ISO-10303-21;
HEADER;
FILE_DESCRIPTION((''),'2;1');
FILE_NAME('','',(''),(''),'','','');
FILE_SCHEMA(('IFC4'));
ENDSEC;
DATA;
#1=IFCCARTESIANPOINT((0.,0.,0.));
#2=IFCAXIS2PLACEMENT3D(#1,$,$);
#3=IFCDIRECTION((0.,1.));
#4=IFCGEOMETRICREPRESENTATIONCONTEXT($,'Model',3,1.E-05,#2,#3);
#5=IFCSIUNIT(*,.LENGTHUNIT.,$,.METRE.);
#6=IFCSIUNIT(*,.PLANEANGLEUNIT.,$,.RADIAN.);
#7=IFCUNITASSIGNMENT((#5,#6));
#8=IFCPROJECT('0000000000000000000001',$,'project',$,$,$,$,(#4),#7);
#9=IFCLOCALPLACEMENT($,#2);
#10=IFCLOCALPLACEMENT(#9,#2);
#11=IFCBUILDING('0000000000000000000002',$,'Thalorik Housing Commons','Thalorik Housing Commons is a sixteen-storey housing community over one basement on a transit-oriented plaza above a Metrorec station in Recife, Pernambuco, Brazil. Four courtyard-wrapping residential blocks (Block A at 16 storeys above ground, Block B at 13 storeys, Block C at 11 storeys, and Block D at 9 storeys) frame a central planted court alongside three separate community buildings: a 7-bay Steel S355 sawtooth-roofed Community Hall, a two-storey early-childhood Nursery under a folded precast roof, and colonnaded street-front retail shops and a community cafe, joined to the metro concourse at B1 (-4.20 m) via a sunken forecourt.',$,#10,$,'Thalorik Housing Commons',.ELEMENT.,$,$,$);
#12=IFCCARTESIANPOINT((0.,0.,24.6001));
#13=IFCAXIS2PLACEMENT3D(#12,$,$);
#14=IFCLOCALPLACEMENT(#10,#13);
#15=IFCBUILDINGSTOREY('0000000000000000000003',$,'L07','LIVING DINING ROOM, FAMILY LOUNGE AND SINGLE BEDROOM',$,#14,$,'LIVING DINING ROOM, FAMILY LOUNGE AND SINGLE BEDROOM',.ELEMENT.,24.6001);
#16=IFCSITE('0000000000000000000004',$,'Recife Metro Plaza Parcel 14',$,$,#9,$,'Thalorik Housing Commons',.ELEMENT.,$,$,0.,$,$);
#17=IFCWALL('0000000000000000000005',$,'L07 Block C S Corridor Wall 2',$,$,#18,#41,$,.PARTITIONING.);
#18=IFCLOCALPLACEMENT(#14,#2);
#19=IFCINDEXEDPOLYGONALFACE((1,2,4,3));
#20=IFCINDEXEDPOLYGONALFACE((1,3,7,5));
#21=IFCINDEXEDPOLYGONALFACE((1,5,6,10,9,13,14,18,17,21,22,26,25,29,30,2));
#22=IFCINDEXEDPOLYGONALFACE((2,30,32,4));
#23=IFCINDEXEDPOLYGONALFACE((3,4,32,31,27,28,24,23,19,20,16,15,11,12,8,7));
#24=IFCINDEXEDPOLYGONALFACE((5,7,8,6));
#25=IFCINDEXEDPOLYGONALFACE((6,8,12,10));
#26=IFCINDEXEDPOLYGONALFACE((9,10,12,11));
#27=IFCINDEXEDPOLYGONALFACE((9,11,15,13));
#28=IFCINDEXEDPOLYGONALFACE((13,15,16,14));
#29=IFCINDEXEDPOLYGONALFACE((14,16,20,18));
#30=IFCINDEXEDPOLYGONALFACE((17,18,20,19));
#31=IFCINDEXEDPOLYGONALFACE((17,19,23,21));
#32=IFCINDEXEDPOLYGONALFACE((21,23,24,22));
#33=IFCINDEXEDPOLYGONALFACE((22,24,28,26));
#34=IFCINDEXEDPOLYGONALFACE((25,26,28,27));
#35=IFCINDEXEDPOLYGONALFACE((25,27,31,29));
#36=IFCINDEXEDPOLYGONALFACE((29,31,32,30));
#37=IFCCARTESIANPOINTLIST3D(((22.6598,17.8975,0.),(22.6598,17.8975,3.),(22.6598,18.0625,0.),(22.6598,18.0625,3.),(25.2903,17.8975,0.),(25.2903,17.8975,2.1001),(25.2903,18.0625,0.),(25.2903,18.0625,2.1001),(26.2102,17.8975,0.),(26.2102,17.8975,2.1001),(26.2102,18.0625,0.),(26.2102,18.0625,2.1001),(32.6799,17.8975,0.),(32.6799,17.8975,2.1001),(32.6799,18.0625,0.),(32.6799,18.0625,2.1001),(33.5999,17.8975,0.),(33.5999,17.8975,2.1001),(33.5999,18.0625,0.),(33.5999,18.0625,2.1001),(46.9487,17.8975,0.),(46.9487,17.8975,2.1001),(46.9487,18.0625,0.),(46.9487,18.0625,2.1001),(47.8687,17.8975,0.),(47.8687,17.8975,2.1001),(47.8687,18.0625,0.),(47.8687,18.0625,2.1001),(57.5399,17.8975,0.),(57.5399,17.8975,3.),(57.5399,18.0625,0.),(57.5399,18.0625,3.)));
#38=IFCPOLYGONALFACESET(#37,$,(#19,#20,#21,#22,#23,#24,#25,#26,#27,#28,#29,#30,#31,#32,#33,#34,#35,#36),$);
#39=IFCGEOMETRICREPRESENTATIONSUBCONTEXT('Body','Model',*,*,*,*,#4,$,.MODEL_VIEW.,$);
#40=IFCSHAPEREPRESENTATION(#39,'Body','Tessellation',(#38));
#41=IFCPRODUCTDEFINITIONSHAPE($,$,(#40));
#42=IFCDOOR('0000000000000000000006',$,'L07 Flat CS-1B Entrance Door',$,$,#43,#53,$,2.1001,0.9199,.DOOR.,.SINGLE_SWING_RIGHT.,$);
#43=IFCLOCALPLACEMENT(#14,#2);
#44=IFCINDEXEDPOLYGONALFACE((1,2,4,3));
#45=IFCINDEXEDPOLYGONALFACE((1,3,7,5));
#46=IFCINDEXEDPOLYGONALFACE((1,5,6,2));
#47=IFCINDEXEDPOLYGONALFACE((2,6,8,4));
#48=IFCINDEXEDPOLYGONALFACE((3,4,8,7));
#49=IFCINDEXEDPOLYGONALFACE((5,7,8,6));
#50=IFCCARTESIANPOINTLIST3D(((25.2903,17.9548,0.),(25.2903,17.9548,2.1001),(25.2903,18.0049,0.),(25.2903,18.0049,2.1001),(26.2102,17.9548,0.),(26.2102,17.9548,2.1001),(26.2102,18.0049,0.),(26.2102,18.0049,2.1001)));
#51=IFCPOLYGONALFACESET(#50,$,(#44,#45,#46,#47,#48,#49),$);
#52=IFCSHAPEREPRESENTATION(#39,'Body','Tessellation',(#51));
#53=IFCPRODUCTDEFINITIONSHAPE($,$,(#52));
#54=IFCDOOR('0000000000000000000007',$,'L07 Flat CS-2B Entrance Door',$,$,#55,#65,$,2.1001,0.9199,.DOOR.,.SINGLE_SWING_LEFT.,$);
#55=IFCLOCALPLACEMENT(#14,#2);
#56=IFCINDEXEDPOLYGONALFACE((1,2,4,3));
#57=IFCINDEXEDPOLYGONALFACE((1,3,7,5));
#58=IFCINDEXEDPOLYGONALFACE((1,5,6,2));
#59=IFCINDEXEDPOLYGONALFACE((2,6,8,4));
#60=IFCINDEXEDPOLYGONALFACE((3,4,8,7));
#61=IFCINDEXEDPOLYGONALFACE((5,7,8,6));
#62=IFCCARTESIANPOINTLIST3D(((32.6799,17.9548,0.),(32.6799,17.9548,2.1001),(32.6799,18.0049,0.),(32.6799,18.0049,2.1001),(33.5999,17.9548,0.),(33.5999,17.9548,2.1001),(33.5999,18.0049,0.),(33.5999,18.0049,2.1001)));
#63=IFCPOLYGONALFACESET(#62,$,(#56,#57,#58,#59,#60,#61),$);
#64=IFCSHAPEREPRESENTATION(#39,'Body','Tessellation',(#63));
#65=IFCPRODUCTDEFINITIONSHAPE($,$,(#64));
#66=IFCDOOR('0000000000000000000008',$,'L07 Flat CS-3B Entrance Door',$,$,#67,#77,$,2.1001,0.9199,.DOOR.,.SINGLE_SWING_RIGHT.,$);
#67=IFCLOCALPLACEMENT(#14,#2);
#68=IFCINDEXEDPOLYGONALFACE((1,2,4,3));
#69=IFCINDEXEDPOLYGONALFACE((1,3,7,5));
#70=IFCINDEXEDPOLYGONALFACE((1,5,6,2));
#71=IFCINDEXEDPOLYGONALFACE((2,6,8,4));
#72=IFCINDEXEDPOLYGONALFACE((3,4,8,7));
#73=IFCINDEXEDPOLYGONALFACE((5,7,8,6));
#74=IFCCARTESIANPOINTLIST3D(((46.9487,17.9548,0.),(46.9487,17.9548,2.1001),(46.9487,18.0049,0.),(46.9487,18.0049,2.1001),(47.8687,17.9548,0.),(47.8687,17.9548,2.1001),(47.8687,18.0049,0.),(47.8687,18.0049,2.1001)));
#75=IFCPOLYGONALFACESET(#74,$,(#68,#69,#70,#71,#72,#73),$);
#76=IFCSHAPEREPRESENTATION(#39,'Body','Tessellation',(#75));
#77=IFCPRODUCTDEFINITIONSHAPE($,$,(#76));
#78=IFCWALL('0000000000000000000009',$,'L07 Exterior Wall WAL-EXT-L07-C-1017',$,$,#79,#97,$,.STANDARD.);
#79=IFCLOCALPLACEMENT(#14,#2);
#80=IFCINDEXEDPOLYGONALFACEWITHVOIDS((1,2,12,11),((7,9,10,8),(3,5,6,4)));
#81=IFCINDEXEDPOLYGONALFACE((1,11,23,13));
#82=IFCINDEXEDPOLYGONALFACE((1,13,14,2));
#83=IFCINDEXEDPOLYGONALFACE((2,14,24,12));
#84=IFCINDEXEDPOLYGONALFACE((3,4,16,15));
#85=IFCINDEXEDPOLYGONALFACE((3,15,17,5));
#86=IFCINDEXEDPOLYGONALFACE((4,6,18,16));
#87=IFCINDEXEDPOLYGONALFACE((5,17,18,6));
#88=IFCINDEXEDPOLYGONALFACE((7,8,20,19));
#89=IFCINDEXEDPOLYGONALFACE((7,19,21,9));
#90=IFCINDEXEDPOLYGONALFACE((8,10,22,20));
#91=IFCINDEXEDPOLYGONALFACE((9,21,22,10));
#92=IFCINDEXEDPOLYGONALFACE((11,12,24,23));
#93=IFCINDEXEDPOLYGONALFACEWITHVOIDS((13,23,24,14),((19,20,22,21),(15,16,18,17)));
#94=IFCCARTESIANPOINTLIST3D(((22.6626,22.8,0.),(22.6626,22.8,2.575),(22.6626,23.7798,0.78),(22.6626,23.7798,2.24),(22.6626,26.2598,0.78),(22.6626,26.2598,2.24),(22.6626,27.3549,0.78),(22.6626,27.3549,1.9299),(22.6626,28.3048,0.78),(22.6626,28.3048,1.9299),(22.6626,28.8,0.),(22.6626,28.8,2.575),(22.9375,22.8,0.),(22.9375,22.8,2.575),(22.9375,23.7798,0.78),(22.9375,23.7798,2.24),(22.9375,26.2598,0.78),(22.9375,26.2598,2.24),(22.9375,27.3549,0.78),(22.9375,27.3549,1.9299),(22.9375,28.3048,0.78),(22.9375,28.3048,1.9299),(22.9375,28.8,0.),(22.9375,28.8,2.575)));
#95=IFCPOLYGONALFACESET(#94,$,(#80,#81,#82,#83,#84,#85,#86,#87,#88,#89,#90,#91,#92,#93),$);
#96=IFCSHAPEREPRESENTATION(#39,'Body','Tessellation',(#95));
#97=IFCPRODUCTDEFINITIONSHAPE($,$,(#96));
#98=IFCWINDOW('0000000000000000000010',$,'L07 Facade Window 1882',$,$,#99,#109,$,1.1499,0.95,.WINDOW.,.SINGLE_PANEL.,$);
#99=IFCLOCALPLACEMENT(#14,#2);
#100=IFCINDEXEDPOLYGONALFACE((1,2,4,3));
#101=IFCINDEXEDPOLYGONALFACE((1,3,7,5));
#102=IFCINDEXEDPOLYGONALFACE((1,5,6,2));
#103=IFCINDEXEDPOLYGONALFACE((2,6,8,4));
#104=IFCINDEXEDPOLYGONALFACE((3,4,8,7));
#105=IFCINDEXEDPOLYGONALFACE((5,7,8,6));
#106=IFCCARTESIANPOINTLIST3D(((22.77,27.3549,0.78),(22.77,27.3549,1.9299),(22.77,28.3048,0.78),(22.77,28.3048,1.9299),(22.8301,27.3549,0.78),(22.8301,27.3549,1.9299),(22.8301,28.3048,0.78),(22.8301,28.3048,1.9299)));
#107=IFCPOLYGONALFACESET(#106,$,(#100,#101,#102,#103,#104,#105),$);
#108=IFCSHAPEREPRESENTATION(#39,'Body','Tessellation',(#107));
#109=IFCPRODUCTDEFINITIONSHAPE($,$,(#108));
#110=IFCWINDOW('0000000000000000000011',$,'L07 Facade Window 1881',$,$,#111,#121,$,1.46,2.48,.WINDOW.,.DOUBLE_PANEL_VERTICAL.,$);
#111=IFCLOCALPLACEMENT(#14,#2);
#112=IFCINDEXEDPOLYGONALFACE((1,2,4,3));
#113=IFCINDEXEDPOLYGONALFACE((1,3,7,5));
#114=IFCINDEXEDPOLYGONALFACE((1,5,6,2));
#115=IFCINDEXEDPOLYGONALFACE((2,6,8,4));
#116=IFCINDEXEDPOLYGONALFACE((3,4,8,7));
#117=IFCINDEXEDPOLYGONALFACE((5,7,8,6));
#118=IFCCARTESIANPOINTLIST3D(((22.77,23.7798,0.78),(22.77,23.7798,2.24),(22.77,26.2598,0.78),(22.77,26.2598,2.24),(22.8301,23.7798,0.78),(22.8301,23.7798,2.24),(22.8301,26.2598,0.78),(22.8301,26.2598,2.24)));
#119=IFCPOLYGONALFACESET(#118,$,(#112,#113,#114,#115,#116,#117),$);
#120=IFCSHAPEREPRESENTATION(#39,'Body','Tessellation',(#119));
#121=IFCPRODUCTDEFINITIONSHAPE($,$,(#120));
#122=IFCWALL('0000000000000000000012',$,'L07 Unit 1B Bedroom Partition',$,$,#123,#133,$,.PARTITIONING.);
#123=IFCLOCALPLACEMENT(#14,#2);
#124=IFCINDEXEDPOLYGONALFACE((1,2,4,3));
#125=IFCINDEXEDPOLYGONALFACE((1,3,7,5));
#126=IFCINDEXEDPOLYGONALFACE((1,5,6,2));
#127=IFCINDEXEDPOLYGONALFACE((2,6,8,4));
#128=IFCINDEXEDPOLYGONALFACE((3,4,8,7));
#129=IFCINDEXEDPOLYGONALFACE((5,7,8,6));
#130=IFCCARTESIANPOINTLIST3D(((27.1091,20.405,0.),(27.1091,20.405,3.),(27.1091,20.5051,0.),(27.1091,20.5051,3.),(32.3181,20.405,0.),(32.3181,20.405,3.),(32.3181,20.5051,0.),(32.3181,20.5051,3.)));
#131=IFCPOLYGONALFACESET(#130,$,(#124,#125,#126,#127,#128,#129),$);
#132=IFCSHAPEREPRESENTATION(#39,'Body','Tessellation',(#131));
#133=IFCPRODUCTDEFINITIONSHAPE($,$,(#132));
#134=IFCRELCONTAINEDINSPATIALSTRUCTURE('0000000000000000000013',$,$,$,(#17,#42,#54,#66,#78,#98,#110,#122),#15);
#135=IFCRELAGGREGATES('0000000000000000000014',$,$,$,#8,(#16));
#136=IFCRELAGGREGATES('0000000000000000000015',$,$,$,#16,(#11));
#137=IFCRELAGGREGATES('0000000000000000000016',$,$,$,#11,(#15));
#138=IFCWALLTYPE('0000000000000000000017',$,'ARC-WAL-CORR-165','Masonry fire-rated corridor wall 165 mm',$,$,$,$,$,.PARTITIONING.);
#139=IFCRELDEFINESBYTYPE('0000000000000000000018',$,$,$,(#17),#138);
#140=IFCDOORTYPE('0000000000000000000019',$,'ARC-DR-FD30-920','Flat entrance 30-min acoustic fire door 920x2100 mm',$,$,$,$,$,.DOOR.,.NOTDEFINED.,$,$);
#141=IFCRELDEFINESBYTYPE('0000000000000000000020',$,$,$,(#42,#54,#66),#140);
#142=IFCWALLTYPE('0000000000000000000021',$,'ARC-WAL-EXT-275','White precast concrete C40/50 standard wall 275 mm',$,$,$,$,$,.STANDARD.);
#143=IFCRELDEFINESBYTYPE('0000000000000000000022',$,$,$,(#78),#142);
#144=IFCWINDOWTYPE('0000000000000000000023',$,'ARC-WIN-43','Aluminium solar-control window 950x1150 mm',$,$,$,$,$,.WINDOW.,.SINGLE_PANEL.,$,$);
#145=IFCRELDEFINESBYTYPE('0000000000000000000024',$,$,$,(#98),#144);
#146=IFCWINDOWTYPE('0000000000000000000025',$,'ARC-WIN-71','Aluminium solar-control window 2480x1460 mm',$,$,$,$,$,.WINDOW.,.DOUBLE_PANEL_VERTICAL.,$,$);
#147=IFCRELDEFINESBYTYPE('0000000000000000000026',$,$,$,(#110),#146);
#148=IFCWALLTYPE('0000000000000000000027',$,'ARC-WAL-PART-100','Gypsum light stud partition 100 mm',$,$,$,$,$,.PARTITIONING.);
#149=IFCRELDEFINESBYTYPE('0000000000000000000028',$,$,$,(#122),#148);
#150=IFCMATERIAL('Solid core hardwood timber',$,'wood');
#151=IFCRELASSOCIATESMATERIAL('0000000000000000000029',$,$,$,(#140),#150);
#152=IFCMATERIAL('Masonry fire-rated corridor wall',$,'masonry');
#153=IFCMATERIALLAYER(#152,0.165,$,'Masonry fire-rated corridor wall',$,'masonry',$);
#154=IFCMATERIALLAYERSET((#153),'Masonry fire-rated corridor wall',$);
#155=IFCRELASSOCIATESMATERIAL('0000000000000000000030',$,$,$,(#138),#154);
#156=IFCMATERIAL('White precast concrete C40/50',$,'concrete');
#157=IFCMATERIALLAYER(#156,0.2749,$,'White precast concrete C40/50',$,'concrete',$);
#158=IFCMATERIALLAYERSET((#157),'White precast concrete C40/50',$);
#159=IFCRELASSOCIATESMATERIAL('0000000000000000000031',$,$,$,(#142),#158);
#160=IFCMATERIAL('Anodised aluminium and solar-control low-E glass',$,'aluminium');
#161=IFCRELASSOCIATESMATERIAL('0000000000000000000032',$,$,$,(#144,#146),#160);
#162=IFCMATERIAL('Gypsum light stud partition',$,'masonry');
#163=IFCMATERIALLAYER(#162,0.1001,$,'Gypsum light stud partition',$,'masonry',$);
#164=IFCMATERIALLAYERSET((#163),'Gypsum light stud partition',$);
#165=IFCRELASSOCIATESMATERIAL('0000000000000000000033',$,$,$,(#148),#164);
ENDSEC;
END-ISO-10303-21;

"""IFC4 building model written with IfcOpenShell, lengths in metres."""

from ifc_helpers import new_model, si_unit, direction, frame, frame_2d, origin, place, context, subcontext, project, spatial, rectangle, extrude, material, layer, layer_set, type_object, element, fill, save


model = new_model("IFC4")

# Units and contexts
model_context = context("Model", 3, precision=1e-05, world=origin(), true_north=direction((0.0, 1.0)))
body_context = subcontext(model_context, "Body", "Model", "MODEL_VIEW")
ifc_project = project(units=[si_unit("LENGTHUNIT", "METRE"), si_unit("PLANEANGLEUNIT", "RADIAN")], contexts=[model_context])

# Site, building, storey
site_placement = place(None, origin())
site = spatial("IfcSite", under=ifc_project, at=site_placement, Name="Recife Metro Plaza Parcel 14", LongName="Thalorik Housing Commons", CompositionType="ELEMENT", RefElevation=0.0)
building_placement = place(site_placement, origin())
building = spatial("IfcBuilding", under=site, at=building_placement, Name="Thalorik Housing Commons", Description="Thalorik Housing Commons is a sixteen-storey housing community over one basement on a transit-oriented plaza above a Metrorec station in Recife, Pernambuco, Brazil. Four courtyard-wrapping residential blocks (Block A at 16 storeys above ground, Block B at 13 storeys, Block C at 11 storeys, and Block D at 9 storeys) frame a central planted court alongside three separate community buildings: a 7-bay Steel S355 sawtooth-roofed Community Hall, a two-storey early-childhood Nursery under a folded precast roof, and colonnaded street-front retail shops and a community cafe, joined to the metro concourse at B1 (-4.20 m) via a sunken forecourt.", LongName="Thalorik Housing Commons", CompositionType="ELEMENT")
storey_placement = place(building_placement, frame((0.0, 0.0, 24.6001)))
storey = spatial("IfcBuildingStorey", under=building, at=storey_placement, Name="L07", Description="LIVING DINING ROOM, FAMILY LOUNGE AND SINGLE BEDROOM", LongName="LIVING DINING ROOM, FAMILY LOUNGE AND SINGLE BEDROOM", CompositionType="ELEMENT", Elevation=24.6001)

# Wall, openings, doors
ifc_material_1 = material(Name="Masonry fire-rated corridor wall", Category="masonry")
ifc_material_2 = material(Name="Solid core hardwood timber", Category="wood")
door_type_1 = type_object("IfcDoorType", Name="ARC-DR-FD30-920", Description="Flat entrance 30-min acoustic fire door 920x2100 mm", OperationType="NOTDEFINED", PredefinedType="DOOR", material=ifc_material_2)
ifc_layer_1 = layer(ifc_material_1, 0.165, Name="Masonry fire-rated corridor wall", Category="masonry")
ifc_layer_set_1 = layer_set([ifc_layer_1], Name="Masonry fire-rated corridor wall")
wall_type_1 = type_object("IfcWallType", Name="ARC-WAL-CORR-165", Description="Masonry fire-rated corridor wall 165 mm", PredefinedType="PARTITIONING", material=ifc_layer_set_1)
wall_1_placement = place(storey_placement, frame((22.6599, 17.98, 0.0), z_axis=(0.0, 0.0, 1.0), x_axis=(1.0, 0.0, 0.0)))
wall_1 = element("IfcWall", 1, at=wall_1_placement, inside=storey, type_object=wall_type_1, Name="L07 Block C S Corridor Wall 2", PredefinedType="PARTITIONING", context=body_context, shape_type="SweptSolid", body=[
    extrude(rectangle(XDim=34.8801, YDim=0.165, at=frame_2d((17.4399, 0.0))), origin(), (0.0, 0.0, 1.0), 3.0),
])
opening_1_placement = place(wall_1_placement, frame((2.6304, 0.0, 0.0)))
opening_1 = element("IfcOpeningElement", 2, at=opening_1_placement, cuts=wall_1, PredefinedType="OPENING", context=body_context, shape_type="SweptSolid", body=[
    extrude(rectangle(XDim=0.9199, YDim=2.1001, at=frame_2d((0.46, 1.05))), frame((0.0, 0.0925, 0.0), z_axis=(0.0, -1.0, 0.0), x_axis=(1.0, 0.0, 0.0)), (0.0, 0.0, 1.0), 0.1851),
])
opening_2_placement = place(wall_1_placement, frame((10.02, 0.0, 0.0)))
opening_2 = element("IfcOpeningElement", 3, at=opening_2_placement, cuts=wall_1, PredefinedType="OPENING", context=body_context, shape_type="SweptSolid", body=[
    extrude(rectangle(XDim=0.9199, YDim=2.1001, at=frame_2d((0.46, 1.05))), frame((0.0, 0.0925, 0.0), z_axis=(0.0, -1.0, 0.0), x_axis=(1.0, 0.0, 0.0)), (0.0, 0.0, 1.0), 0.1851),
])
opening_3_placement = place(wall_1_placement, frame((24.2888, 0.0, 0.0)))
opening_3 = element("IfcOpeningElement", 4, at=opening_3_placement, cuts=wall_1, PredefinedType="OPENING", context=body_context, shape_type="SweptSolid", body=[
    extrude(rectangle(XDim=0.9199, YDim=2.1001, at=frame_2d((0.46, 1.05))), frame((0.0, 0.0925, 0.0), z_axis=(0.0, -1.0, 0.0), x_axis=(1.0, 0.0, 0.0)), (0.0, 0.0, 1.0), 0.1851),
])
door_1_placement = place(opening_1_placement, origin())
door_1 = element("IfcDoor", 5, at=door_1_placement, inside=storey, type_object=door_type_1, Name="L07 Flat CS-1B Entrance Door", OperationType="SINGLE_SWING_RIGHT", OverallHeight=2.1001, OverallWidth=0.9199, PredefinedType="DOOR", context=body_context, shape_type="SweptSolid", body=[
    extrude(rectangle(XDim=0.9199, YDim=2.1001, at=frame_2d((0.46, 1.05))), frame((0.0, 0.0249, 0.0), z_axis=(0.0, -1.0, 0.0), x_axis=(1.0, 0.0, 0.0)), (0.0, 0.0, 1.0), 0.05),
])
fill(opening_1, door_1)
door_2_placement = place(opening_2_placement, origin())
door_2 = element("IfcDoor", 6, at=door_2_placement, inside=storey, type_object=door_type_1, Name="L07 Flat CS-2B Entrance Door", OperationType="SINGLE_SWING_LEFT", OverallHeight=2.1001, OverallWidth=0.9199, PredefinedType="DOOR", context=body_context, shape_type="SweptSolid", body=[
    extrude(rectangle(XDim=0.9199, YDim=2.1001, at=frame_2d((0.46, 1.05))), frame((0.0, 0.0249, 0.0), z_axis=(0.0, -1.0, 0.0), x_axis=(1.0, 0.0, 0.0)), (0.0, 0.0, 1.0), 0.05),
])
fill(opening_2, door_2)
door_3_placement = place(opening_3_placement, origin())
door_3 = element("IfcDoor", 7, at=door_3_placement, inside=storey, type_object=door_type_1, Name="L07 Flat CS-3B Entrance Door", OperationType="SINGLE_SWING_RIGHT", OverallHeight=2.1001, OverallWidth=0.9199, PredefinedType="DOOR", context=body_context, shape_type="SweptSolid", body=[
    extrude(rectangle(XDim=0.9199, YDim=2.1001, at=frame_2d((0.46, 1.05))), frame((0.0, 0.0249, 0.0), z_axis=(0.0, -1.0, 0.0), x_axis=(1.0, 0.0, 0.0)), (0.0, 0.0, 1.0), 0.05),
])
fill(opening_3, door_3)

# Wall, openings, windows
ifc_material_3 = material(Name="White precast concrete C40/50", Category="concrete")
ifc_layer_2 = layer(ifc_material_3, 0.2749, Name="White precast concrete C40/50", Category="concrete")
ifc_layer_set_2 = layer_set([ifc_layer_2], Name="White precast concrete C40/50")
wall_type_2 = type_object("IfcWallType", Name="ARC-WAL-EXT-275", Description="White precast concrete C40/50 standard wall 275 mm", PredefinedType="STANDARD", material=ifc_layer_set_2)
wall_2_placement = place(storey_placement, frame((22.8, 22.8, 0.0), z_axis=(0.0, 0.0, 1.0), x_axis=(0.0, 1.0, 0.0)))
wall_2 = element("IfcWall", 8, at=wall_2_placement, inside=storey, type_object=wall_type_2, Name="L07 Exterior Wall WAL-EXT-L07-C-1017", PredefinedType="STANDARD", context=body_context, shape_type="SweptSolid", body=[
    extrude(rectangle(XDim=6.0, YDim=0.2749, at=frame_2d((3.0, 0.0))), origin(), (0.0, 0.0, 1.0), 2.575),
])
opening_4_placement = place(wall_2_placement, frame((0.9797, 0.0, 0.78)))
opening_4 = element("IfcOpeningElement", 9, at=opening_4_placement, cuts=wall_2, PredefinedType="OPENING", context=body_context, shape_type="SweptSolid", body=[
    extrude(rectangle(XDim=2.48, YDim=1.46, at=frame_2d((1.24, 0.73))), frame((0.0, 0.1475, 0.0), z_axis=(0.0, -1.0, 0.0), x_axis=(1.0, 0.0, 0.0)), (0.0, 0.0, 1.0), 0.2949),
])
opening_5_placement = place(wall_2_placement, frame((4.5547, 0.0, 0.78)))
opening_5 = element("IfcOpeningElement", 10, at=opening_5_placement, cuts=wall_2, PredefinedType="OPENING", context=body_context, shape_type="SweptSolid", body=[
    extrude(rectangle(XDim=0.95, YDim=1.1499, at=frame_2d((0.4751, 0.575))), frame((0.0, 0.1475, 0.0), z_axis=(0.0, -1.0, 0.0), x_axis=(1.0, 0.0, 0.0)), (0.0, 0.0, 1.0), 0.2949),
])
ifc_material_4 = material(Name="Anodised aluminium and solar-control low-E glass", Category="aluminium")
window_type_1 = type_object("IfcWindowType", Name="ARC-WIN-43", Description="Aluminium solar-control window 950x1150 mm", PartitioningType="SINGLE_PANEL", PredefinedType="WINDOW", material=ifc_material_4)
window_1_placement = place(opening_5_placement, origin())
window_1 = element("IfcWindow", 11, at=window_1_placement, inside=storey, type_object=window_type_1, Name="L07 Facade Window 1882", OverallHeight=1.1499, OverallWidth=0.95, PartitioningType="SINGLE_PANEL", PredefinedType="WINDOW", context=body_context, shape_type="SweptSolid", body=[
    extrude(rectangle(XDim=0.95, YDim=1.1499, at=frame_2d((0.4751, 0.575))), frame((0.0, 0.03, 0.0), z_axis=(0.0, -1.0, 0.0), x_axis=(1.0, 0.0, 0.0)), (0.0, 0.0, 1.0), 0.0601),
])
fill(opening_5, window_1)
window_type_2 = type_object("IfcWindowType", Name="ARC-WIN-71", Description="Aluminium solar-control window 2480x1460 mm", PartitioningType="DOUBLE_PANEL_VERTICAL", PredefinedType="WINDOW", material=ifc_material_4)
window_2_placement = place(opening_4_placement, origin())
window_2 = element("IfcWindow", 12, at=window_2_placement, inside=storey, type_object=window_type_2, Name="L07 Facade Window 1881", OverallHeight=1.46, OverallWidth=2.48, PartitioningType="DOUBLE_PANEL_VERTICAL", PredefinedType="WINDOW", context=body_context, shape_type="SweptSolid", body=[
    extrude(rectangle(XDim=2.48, YDim=1.46, at=frame_2d((1.24, 0.73))), frame((0.0, 0.03, 0.0), z_axis=(0.0, -1.0, 0.0), x_axis=(1.0, 0.0, 0.0)), (0.0, 0.0, 1.0), 0.0601),
])
fill(opening_4, window_2)

# Wall
ifc_material_5 = material(Name="Gypsum light stud partition", Category="masonry")
ifc_layer_3 = layer(ifc_material_5, 0.1001, Name="Gypsum light stud partition", Category="masonry")
ifc_layer_set_3 = layer_set([ifc_layer_3], Name="Gypsum light stud partition")
wall_type_3 = type_object("IfcWallType", Name="ARC-WAL-PART-100", Description="Gypsum light stud partition 100 mm", PredefinedType="PARTITIONING", material=ifc_layer_set_3)
wall_3_placement = place(storey_placement, frame((27.1091, 20.4551, 0.0), z_axis=(0.0, 0.0, 1.0), x_axis=(1.0, 0.0, 0.0)))
element("IfcWall", 13, at=wall_3_placement, inside=storey, type_object=wall_type_3, Name="L07 Unit 1B Bedroom Partition", PredefinedType="PARTITIONING", context=body_context, shape_type="SweptSolid", body=[
    extrude(rectangle(XDim=5.209, YDim=0.1001, at=frame_2d((2.6045, 0.0))), origin(), (0.0, 0.0, 1.0), 3.0),
])

save(model, "model.ifc")
